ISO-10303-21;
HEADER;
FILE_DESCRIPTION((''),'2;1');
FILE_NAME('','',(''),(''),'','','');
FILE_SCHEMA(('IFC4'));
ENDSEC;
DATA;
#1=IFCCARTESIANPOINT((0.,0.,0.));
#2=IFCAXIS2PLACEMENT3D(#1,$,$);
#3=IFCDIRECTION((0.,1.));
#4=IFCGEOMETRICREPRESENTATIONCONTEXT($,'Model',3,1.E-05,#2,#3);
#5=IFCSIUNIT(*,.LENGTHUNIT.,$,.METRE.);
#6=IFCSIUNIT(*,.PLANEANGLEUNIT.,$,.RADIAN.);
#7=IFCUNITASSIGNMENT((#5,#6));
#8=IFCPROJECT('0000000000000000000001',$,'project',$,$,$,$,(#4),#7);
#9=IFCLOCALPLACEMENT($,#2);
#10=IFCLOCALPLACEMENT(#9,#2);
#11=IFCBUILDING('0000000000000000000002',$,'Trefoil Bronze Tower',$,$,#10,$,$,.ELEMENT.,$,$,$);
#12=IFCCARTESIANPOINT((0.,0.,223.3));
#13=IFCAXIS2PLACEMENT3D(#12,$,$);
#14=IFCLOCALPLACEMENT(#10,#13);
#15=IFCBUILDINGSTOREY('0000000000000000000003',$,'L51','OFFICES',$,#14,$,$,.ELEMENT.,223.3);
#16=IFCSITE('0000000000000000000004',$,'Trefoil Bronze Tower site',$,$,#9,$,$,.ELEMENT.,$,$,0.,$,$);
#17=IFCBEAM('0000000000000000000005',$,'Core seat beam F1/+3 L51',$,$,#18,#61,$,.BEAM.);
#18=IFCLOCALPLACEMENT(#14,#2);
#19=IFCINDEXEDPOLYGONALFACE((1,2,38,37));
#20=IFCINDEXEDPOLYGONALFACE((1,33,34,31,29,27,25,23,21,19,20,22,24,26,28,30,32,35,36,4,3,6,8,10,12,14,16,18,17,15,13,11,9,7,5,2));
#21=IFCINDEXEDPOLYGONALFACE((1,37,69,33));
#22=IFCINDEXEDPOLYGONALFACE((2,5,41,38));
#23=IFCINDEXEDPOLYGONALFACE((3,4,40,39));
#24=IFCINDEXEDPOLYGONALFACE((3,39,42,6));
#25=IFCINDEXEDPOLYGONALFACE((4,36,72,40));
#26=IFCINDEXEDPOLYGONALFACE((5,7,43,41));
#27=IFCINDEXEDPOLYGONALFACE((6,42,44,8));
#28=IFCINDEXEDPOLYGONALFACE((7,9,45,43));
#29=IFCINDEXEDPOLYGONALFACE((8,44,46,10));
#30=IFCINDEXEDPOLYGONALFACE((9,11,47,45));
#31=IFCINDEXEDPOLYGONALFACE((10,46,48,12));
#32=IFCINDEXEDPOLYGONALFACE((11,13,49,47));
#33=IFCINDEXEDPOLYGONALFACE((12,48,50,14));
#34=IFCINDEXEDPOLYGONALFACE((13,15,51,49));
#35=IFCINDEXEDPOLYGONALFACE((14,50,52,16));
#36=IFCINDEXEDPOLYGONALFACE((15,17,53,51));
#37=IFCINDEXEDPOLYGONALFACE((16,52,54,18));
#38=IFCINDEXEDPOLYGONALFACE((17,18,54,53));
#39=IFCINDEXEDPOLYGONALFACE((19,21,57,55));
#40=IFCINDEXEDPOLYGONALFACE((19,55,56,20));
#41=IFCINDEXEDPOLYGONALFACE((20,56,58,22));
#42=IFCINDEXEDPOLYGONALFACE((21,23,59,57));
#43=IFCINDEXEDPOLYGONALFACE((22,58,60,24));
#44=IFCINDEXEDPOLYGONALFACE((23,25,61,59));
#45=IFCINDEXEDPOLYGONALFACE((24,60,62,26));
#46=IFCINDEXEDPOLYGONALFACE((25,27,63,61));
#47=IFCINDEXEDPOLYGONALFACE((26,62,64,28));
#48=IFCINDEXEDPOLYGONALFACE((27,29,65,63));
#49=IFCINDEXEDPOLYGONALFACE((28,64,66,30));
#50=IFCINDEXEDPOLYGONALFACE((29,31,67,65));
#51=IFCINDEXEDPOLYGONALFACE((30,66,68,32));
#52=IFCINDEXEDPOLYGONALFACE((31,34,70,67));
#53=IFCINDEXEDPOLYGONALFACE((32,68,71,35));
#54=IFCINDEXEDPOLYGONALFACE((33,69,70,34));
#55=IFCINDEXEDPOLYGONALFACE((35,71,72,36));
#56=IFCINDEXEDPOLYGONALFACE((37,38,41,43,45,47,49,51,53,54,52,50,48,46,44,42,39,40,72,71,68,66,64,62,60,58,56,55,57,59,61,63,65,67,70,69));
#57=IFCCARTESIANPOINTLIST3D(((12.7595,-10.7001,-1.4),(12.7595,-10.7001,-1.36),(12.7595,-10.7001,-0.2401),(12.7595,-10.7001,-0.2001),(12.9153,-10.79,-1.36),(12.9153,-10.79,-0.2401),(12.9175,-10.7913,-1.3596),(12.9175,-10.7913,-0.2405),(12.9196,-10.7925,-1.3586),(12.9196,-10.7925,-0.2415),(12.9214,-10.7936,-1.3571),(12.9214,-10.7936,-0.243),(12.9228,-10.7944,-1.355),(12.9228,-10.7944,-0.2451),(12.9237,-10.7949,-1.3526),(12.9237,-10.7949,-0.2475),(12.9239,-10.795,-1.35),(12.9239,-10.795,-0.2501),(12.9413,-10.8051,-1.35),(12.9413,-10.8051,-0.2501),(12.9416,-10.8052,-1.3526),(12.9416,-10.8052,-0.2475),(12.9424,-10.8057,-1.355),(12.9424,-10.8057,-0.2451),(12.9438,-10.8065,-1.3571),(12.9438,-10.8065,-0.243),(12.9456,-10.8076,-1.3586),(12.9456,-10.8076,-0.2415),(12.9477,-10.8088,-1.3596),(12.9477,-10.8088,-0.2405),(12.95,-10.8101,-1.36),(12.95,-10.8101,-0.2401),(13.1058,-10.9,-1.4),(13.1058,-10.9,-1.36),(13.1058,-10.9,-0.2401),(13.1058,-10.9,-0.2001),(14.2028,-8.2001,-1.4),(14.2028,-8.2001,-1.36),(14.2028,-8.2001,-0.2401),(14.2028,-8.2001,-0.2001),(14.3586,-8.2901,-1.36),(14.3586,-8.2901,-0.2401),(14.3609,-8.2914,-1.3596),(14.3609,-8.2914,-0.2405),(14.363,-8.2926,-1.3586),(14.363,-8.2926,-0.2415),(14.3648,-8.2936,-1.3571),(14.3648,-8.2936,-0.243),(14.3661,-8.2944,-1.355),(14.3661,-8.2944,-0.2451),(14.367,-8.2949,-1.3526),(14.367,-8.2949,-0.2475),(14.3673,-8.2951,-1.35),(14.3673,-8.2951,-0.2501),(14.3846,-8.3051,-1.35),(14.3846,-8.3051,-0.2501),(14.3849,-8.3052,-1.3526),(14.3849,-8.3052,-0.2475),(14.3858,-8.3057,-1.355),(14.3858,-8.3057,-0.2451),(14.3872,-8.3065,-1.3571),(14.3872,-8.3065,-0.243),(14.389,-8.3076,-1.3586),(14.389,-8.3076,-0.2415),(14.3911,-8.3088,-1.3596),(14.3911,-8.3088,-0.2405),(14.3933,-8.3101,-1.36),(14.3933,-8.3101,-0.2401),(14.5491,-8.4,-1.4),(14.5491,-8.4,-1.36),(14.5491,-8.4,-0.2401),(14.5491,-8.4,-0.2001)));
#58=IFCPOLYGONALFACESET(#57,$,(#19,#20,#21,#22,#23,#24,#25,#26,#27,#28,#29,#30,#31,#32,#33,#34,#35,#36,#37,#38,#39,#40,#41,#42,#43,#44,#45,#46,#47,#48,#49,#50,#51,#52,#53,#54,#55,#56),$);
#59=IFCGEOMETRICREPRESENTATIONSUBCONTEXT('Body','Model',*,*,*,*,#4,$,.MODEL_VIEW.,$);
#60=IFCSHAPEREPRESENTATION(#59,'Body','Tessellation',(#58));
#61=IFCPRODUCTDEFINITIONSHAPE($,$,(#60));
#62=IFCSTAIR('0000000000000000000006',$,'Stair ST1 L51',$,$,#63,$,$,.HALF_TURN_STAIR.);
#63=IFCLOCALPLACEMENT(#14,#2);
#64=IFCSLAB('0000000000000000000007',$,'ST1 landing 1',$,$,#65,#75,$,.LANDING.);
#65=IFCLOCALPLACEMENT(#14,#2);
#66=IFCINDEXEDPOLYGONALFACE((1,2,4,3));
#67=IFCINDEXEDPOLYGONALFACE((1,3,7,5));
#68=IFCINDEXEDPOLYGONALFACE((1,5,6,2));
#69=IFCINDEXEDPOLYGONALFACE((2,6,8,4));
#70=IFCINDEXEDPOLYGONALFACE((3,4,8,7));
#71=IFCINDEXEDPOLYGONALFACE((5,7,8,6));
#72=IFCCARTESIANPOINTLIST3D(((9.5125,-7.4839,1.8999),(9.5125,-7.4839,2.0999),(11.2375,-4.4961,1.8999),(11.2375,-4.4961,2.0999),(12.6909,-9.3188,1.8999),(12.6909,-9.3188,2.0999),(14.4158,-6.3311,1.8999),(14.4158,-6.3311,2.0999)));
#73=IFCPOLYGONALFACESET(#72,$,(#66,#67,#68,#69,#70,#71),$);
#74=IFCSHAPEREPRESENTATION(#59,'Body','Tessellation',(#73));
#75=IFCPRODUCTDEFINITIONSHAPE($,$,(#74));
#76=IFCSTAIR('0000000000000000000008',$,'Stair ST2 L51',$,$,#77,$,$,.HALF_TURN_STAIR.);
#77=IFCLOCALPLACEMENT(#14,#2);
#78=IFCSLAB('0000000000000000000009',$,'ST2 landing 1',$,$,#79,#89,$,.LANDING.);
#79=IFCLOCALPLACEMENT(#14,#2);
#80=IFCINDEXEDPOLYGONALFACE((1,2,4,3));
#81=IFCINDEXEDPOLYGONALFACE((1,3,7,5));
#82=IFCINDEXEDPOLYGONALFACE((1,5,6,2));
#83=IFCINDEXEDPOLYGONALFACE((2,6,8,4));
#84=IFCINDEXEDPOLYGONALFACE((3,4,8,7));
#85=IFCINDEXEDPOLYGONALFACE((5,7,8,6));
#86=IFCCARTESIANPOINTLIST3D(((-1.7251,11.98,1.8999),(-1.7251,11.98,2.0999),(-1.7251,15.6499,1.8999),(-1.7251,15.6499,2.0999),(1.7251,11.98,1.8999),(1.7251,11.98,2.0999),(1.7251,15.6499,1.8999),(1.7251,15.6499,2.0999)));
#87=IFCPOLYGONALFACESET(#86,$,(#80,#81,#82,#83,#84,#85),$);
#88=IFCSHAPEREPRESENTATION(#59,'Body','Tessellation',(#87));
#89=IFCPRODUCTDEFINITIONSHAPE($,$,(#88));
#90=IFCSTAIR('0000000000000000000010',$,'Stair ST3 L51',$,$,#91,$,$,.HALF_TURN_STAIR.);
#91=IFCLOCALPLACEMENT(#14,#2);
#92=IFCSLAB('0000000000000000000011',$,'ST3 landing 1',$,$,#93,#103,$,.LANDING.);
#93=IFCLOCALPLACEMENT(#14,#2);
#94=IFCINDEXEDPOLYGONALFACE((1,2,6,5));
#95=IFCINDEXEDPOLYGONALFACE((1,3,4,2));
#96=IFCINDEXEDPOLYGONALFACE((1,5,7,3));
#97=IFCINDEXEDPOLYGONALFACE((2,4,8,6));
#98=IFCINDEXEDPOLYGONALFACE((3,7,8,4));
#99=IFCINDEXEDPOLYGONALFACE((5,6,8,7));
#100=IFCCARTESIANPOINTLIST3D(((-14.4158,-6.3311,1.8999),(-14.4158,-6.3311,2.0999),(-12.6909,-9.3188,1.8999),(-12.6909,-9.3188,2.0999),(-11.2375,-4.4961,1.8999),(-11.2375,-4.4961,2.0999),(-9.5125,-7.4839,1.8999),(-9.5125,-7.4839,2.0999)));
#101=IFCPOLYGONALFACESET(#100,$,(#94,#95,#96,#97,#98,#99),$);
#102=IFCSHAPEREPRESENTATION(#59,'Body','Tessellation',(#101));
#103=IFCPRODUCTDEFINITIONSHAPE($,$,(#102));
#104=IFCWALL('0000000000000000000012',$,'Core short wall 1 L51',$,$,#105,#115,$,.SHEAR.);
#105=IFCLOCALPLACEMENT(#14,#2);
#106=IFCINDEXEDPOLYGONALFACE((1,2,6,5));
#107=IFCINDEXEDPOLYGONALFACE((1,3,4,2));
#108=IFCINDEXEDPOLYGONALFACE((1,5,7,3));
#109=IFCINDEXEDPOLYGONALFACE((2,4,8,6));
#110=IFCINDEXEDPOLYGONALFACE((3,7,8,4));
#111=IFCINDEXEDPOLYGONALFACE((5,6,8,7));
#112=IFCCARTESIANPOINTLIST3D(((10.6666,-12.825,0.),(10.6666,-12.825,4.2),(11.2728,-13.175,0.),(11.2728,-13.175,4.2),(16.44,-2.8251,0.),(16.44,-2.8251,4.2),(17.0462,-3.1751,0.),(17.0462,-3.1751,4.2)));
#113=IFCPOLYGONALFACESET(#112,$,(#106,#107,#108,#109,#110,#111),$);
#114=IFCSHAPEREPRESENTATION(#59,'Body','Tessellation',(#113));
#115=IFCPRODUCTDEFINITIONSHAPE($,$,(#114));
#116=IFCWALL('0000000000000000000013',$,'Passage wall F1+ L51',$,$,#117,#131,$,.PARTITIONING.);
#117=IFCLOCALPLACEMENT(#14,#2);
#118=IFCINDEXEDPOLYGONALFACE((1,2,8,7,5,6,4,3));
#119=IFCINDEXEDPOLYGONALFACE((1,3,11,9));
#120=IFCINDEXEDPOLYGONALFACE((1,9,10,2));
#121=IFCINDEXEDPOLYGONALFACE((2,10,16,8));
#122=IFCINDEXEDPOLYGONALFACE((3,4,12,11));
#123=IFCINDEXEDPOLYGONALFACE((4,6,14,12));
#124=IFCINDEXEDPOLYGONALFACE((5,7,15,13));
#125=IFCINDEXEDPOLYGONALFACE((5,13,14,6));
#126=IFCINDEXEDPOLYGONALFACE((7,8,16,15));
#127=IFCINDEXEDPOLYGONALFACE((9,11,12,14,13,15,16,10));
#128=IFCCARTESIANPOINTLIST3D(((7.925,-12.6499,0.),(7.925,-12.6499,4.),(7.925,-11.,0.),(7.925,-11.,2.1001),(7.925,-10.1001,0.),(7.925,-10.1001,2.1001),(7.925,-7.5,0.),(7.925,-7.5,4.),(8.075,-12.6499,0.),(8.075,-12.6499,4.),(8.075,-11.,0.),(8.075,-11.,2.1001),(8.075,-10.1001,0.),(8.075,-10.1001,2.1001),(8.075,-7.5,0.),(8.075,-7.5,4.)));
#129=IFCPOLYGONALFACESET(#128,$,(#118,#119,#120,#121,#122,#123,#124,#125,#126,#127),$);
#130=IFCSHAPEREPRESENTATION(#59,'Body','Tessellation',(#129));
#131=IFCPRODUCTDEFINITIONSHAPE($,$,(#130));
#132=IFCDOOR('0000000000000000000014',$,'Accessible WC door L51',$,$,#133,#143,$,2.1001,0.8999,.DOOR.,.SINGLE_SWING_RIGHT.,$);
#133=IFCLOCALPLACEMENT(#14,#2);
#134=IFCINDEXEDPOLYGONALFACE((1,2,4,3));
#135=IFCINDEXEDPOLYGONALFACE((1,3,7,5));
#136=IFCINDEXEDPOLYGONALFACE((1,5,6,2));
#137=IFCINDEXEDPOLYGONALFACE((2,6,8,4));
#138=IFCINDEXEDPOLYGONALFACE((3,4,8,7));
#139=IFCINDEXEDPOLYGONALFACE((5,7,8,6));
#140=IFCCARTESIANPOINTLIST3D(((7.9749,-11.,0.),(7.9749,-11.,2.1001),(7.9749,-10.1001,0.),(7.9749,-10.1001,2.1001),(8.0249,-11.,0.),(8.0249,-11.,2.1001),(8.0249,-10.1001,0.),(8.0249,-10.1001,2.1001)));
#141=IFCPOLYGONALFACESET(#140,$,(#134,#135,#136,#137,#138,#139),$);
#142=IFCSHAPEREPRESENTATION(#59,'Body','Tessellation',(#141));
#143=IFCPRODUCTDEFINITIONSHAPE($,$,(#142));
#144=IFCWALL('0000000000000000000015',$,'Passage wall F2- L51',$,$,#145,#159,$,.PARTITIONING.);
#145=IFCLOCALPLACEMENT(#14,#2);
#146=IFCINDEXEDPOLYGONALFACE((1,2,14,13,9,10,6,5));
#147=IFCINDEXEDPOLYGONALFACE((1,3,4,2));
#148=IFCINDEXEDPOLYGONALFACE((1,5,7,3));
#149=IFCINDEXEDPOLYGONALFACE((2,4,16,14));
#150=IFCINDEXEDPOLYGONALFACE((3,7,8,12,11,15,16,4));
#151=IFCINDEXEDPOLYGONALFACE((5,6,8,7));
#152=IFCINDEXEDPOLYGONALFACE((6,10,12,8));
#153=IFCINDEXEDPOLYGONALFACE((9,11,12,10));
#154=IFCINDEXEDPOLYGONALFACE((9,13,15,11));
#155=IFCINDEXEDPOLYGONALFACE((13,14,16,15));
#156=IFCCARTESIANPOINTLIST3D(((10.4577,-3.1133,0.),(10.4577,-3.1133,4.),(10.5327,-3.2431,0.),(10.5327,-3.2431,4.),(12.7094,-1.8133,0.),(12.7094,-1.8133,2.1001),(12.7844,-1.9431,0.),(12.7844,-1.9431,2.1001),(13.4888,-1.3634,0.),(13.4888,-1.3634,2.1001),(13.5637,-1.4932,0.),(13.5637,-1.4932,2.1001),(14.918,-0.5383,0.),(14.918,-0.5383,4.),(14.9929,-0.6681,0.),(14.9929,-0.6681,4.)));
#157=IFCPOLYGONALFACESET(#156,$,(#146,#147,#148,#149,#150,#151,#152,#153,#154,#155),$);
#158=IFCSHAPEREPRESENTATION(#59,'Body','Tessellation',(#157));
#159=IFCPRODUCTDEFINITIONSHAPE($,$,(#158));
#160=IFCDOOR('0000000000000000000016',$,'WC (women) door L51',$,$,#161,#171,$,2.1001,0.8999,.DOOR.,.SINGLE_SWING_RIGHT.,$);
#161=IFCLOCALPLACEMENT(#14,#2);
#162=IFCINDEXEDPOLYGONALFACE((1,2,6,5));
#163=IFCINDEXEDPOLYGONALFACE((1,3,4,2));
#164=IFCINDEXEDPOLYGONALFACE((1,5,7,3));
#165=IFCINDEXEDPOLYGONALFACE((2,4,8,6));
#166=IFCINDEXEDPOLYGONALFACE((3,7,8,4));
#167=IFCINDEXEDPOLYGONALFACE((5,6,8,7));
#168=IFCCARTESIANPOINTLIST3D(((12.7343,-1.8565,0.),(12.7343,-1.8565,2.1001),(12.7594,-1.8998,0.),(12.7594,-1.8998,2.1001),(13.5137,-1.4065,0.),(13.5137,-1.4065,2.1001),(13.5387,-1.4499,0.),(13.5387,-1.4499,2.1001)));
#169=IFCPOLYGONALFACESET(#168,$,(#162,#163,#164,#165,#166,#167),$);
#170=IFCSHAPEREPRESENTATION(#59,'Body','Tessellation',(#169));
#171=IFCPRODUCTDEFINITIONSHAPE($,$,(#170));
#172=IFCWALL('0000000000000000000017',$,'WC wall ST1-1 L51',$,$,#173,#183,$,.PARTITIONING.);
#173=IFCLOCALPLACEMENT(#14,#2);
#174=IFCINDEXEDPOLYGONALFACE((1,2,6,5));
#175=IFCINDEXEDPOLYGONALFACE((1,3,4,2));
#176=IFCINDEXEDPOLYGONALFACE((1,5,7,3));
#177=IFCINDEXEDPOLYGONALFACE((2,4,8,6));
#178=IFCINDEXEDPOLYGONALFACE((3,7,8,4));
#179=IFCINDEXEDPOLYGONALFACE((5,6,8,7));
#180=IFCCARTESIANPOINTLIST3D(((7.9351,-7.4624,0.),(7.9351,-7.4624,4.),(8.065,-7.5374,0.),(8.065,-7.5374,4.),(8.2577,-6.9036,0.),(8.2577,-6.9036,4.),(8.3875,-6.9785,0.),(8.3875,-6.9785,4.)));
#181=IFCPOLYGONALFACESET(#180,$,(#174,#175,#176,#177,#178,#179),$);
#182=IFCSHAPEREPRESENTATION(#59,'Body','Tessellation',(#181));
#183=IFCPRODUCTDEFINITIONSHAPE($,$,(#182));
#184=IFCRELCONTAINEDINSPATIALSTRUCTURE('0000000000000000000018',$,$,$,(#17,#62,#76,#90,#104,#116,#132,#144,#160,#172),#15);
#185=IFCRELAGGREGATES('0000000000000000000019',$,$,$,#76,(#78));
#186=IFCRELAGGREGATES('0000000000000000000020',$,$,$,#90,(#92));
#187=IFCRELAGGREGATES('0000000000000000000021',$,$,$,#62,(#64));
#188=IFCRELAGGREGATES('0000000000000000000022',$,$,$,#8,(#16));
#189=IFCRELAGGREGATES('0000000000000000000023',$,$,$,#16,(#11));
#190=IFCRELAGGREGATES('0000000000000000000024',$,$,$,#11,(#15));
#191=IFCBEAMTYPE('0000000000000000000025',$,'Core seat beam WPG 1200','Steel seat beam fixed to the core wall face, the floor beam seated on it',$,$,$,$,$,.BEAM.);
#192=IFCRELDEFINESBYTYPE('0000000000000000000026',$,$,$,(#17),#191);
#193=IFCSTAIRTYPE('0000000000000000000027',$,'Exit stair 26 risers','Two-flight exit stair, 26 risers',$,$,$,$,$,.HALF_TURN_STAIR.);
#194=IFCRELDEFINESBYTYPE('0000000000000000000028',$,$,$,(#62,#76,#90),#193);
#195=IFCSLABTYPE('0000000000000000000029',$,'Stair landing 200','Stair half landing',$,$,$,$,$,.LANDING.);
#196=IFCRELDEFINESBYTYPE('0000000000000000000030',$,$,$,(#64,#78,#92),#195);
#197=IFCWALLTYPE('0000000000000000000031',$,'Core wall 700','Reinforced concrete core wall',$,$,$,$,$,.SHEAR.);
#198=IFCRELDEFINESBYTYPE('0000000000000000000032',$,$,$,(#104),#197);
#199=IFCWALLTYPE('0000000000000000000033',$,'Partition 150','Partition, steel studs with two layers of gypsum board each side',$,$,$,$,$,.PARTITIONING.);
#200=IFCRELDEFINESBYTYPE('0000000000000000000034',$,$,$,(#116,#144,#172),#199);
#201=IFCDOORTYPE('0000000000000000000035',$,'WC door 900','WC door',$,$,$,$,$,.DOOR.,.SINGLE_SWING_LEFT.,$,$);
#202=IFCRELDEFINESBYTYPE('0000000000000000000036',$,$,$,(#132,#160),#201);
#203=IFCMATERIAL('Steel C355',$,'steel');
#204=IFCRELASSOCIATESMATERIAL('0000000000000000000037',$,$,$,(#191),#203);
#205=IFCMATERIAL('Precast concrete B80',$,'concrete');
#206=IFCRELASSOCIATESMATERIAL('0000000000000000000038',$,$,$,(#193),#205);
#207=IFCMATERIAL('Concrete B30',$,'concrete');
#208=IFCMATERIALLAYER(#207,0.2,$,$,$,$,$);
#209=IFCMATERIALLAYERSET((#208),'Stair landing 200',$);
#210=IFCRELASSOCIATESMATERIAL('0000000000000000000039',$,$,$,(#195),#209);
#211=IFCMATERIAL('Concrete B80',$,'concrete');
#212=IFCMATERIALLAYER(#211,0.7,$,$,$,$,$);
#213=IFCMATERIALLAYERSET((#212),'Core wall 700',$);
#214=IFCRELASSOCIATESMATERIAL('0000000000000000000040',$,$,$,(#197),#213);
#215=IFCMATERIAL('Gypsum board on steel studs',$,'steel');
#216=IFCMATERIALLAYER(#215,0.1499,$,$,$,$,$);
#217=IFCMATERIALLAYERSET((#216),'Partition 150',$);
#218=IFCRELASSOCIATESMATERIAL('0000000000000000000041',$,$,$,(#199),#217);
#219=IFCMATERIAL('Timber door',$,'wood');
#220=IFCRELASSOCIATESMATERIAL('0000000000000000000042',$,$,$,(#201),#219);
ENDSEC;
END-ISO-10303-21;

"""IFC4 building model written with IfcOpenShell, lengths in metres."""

from ifc_helpers import new_model, si_unit, direction, frame, frame_2d, origin, origin_2d, place, context, subcontext, project, spatial, polyline, rectangle, i_section, outline, extrude, material, layer, layer_set, material_profile, profile_set, type_object, element, fill, aggregate, save


model = new_model("IFC4")

# Units and contexts
model_context = context("Model", 3, precision=1e-05, world=origin(), true_north=direction((0.0, 1.0)))
body_context = subcontext(model_context, "Body", "Model", "MODEL_VIEW")
ifc_project = project(units=[si_unit("LENGTHUNIT", "METRE"), si_unit("PLANEANGLEUNIT", "RADIAN")], contexts=[model_context])

# Site, building, storey
site_placement = place(None, origin())
site = spatial("IfcSite", under=ifc_project, at=site_placement, Name="Trefoil Bronze Tower site", CompositionType="ELEMENT", RefElevation=0.0)
building_placement = place(site_placement, origin())
building = spatial("IfcBuilding", under=site, at=building_placement, Name="Trefoil Bronze Tower", CompositionType="ELEMENT")
storey_placement = place(building_placement, frame((0.0, 0.0, 223.3)))
storey = spatial("IfcBuildingStorey", under=building, at=storey_placement, Name="L51", Description="OFFICES", CompositionType="ELEMENT", Elevation=223.3)

# Beam
ifc_material_1 = material(Name="Steel C355", Category="steel")
ifc_material_profile = material_profile(ifc_material_1, i_section(OverallWidth=0.3999, OverallDepth=1.2, WebThickness=0.02, FlangeThickness=0.04, FilletRadius=0.01, at=origin_2d()), Name="WPG 1200")
ifc_profile_set = profile_set([ifc_material_profile], Name="Steel C355")
beam_type = type_object("IfcBeamType", Name="Core seat beam WPG 1200", Description="Steel seat beam fixed to the core wall face, the floor beam seated on it", PredefinedType="BEAM", material=ifc_profile_set)
beam_placement = place(storey_placement, frame((12.9326, -10.8, -0.8), z_axis=(0.499996, 0.866028, 0.0), x_axis=(-0.866028, 0.499996, 0.0)))
element("IfcBeam", 1, at=beam_placement, inside=storey, type_object=beam_type, Name="Core seat beam F1/+3 L51", PredefinedType="BEAM", context=body_context, shape_type="SweptSolid", body=[
    extrude(i_section(OverallWidth=0.3999, OverallDepth=1.2, WebThickness=0.02, FlangeThickness=0.04, FilletRadius=0.01, at=origin_2d()), origin(), (0.0, 0.0, 1.0), 2.8867),
])

# Stairs, slabs
ifc_material_2 = material(Name="Precast concrete B80", Category="concrete")
stair_type = type_object("IfcStairType", Name="Exit stair 26 risers", Description="Two-flight exit stair, 26 risers", PredefinedType="HALF_TURN_STAIR", material=ifc_material_2)
stair_1_placement = place(storey_placement, origin())
stair_1 = element("IfcStair", 2, at=stair_1_placement, inside=storey, type_object=stair_type, Name="Stair ST1 L51", PredefinedType="HALF_TURN_STAIR")
ifc_material_3 = material(Name="Concrete B30", Category="concrete")
ifc_layer_1 = layer(ifc_material_3, 0.2)
ifc_layer_set_1 = layer_set([ifc_layer_1], Name="Stair landing 200")
slab_type = type_object("IfcSlabType", Name="Stair landing 200", Description="Stair half landing", PredefinedType="LANDING", material=ifc_layer_set_1)
slab_1_placement = place(storey_placement, frame((0.0, 0.0, 1.8999)))
slab_1 = element("IfcSlab", 3, at=slab_1_placement, type_object=slab_type, Name="ST1 landing 1", PredefinedType="LANDING", context=body_context, shape_type="SweptSolid", body=[
    extrude(outline(polyline([(9.5125, -7.4839), (12.6909, -9.3188), (14.4158, -6.3311), (11.2375, -4.4961), (9.5125, -7.4839)])), origin(), (0.0, 0.0, 1.0), 0.2),
])
stair_2_placement = place(storey_placement, origin())
stair_2 = element("IfcStair", 4, at=stair_2_placement, inside=storey, type_object=stair_type, Name="Stair ST2 L51", PredefinedType="HALF_TURN_STAIR")
slab_2_placement = place(storey_placement, frame((0.0, 0.0, 1.8999)))
slab_2 = element("IfcSlab", 5, at=slab_2_placement, type_object=slab_type, Name="ST2 landing 1", PredefinedType="LANDING", context=body_context, shape_type="SweptSolid", body=[
    extrude(outline(polyline([(1.7251, 11.98), (1.7251, 15.6499), (-1.7251, 15.6499), (-1.7251, 11.98), (1.7251, 11.98)])), origin(), (0.0, 0.0, 1.0), 0.2),
])
aggregate(stair_2, [slab_2])
stair_3_placement = place(storey_placement, origin())
stair_3 = element("IfcStair", 6, at=stair_3_placement, inside=storey, type_object=stair_type, Name="Stair ST3 L51", PredefinedType="HALF_TURN_STAIR")
slab_3_placement = place(storey_placement, frame((0.0, 0.0, 1.8999)))
slab_3 = element("IfcSlab", 7, at=slab_3_placement, type_object=slab_type, Name="ST3 landing 1", PredefinedType="LANDING", context=body_context, shape_type="SweptSolid", body=[
    extrude(outline(polyline([(-11.2375, -4.4961), (-14.4158, -6.3311), (-12.6909, -9.3188), (-9.5125, -7.4839), (-11.2375, -4.4961)])), origin(), (0.0, 0.0, 1.0), 0.2),
])
aggregate(stair_3, [slab_3])

# Wall
ifc_material_4 = material(Name="Concrete B80", Category="concrete")
ifc_layer_2 = layer(ifc_material_4, 0.7)
ifc_layer_set_2 = layer_set([ifc_layer_2], Name="Core wall 700")
wall_type_1 = type_object("IfcWallType", Name="Core wall 700", Description="Reinforced concrete core wall", PredefinedType="SHEAR", material=ifc_layer_set_2)
wall_1_placement = place(storey_placement, frame((10.9697, -13.0, 0.0), z_axis=(0.0, 0.0, 1.0), x_axis=(0.499996, 0.866028, 0.0)))
element("IfcWall", 8, at=wall_1_placement, inside=storey, type_object=wall_type_1, Name="Core short wall 1 L51", PredefinedType="SHEAR", context=body_context, shape_type="SweptSolid", body=[
    extrude(rectangle(XDim=11.5469, YDim=0.7, at=frame_2d((5.7734, 0.0))), origin(), (0.0, 0.0, 1.0), 4.2),
])

# Walls, openings, doors
ifc_material_5 = material(Name="Gypsum board on steel studs", Category="steel")
ifc_layer_3 = layer(ifc_material_5, 0.1499)
ifc_layer_set_3 = layer_set([ifc_layer_3], Name="Partition 150")
wall_type_2 = type_object("IfcWallType", Name="Partition 150", Description="Partition, steel studs with two layers of gypsum board each side", PredefinedType="PARTITIONING", material=ifc_layer_set_3)
wall_2_placement = place(storey_placement, frame((8.0, -7.5, 0.0), z_axis=(0.0, 0.0, 1.0), x_axis=(0.0, -1.0, 0.0)))
wall_2 = element("IfcWall", 9, at=wall_2_placement, inside=storey, type_object=wall_type_2, Name="Passage wall F1+ L51", PredefinedType="PARTITIONING", context=body_context, shape_type="SweptSolid", body=[
    extrude(rectangle(XDim=5.1499, YDim=0.1499, at=frame_2d((2.575, 0.0))), origin(), (0.0, 0.0, 1.0), 4.0),
])
opening_1_placement = place(wall_2_placement, frame((2.6001, 0.0, 0.0)))
opening_1 = element("IfcOpeningElement", 10, at=opening_1_placement, cuts=wall_2, PredefinedType="OPENING", context=body_context, shape_type="SweptSolid", body=[
    extrude(rectangle(XDim=0.8999, YDim=2.1001, at=frame_2d((0.45, 1.05))), frame((0.0, 0.085, 0.0), z_axis=(0.0, -1.0, 0.0), x_axis=(1.0, 0.0, 0.0)), (0.0, 0.0, 1.0), 0.1699),
])
ifc_material_6 = material(Name="Timber door", Category="wood")
door_type_1 = type_object("IfcDoorType", Name="WC door 900", Description="WC door", OperationType="SINGLE_SWING_LEFT", PredefinedType="DOOR", material=ifc_material_6)
door_1_placement = place(opening_1_placement, origin())
door_1 = element("IfcDoor", 11, at=door_1_placement, inside=storey, type_object=door_type_1, Name="Accessible WC door L51", OperationType="SINGLE_SWING_RIGHT", OverallHeight=2.1001, OverallWidth=0.8999, PredefinedType="DOOR", context=body_context, shape_type="SweptSolid", body=[
    extrude(rectangle(XDim=0.8999, YDim=2.1001, at=frame_2d((0.45, 1.05))), frame((0.0, 0.0249, 0.0), z_axis=(0.0, -1.0, 0.0), x_axis=(1.0, 0.0, 0.0)), (0.0, 0.0, 1.0), 0.05),
])
fill(opening_1, door_1)
wall_3_placement = place(storey_placement, frame((10.4951, -3.1782, 0.0), z_axis=(0.0, 0.0, 1.0), x_axis=(0.866038, 0.499978, 0.0)))
wall_3 = element("IfcWall", 12, at=wall_3_placement, inside=storey, type_object=wall_type_2, Name="Passage wall F2- L51", PredefinedType="PARTITIONING", context=body_context, shape_type="SweptSolid", body=[
    extrude(rectangle(XDim=5.1501, YDim=0.1499, at=frame_2d((2.5752, 0.0))), origin(), (0.0, 0.0, 1.0), 4.0),
])
opening_2_placement = place(wall_3_placement, frame((2.6001, 0.0, 0.0)))
opening_2 = element("IfcOpeningElement", 13, at=opening_2_placement, cuts=wall_3, PredefinedType="OPENING", context=body_context, shape_type="SweptSolid", body=[
    extrude(rectangle(XDim=0.8999, YDim=2.1001, at=frame_2d((0.45, 1.05))), frame((0.0, 0.085, 0.0), z_axis=(0.0, -1.0, 0.0), x_axis=(1.0, 0.0, 0.0)), (0.0, 0.0, 1.0), 0.1699),
])
door_2_placement = place(opening_2_placement, frame((0.8999, 0.0, 0.0), z_axis=(0.0, 0.0, 1.0), x_axis=(-1.0, 0.0, 0.0)))
door_2 = element("IfcDoor", 14, at=door_2_placement, inside=storey, type_object=door_type_1, Name="WC (women) door L51", OperationType="SINGLE_SWING_RIGHT", OverallHeight=2.1001, OverallWidth=0.8999, PredefinedType="DOOR", context=body_context, shape_type="SweptSolid", body=[
    extrude(rectangle(XDim=0.8999, YDim=2.1001, at=frame_2d((0.45, 1.05))), frame((0.0, 0.0249, 0.0), z_axis=(0.0, -1.0, 0.0), x_axis=(1.0, 0.0, 0.0)), (0.0, 0.0, 1.0), 0.05),
])
fill(opening_2, door_2)

# Wall
for number, where, z_axis, x_axis, name in (
    (15, (8.0, -7.5, 0.0), (0.0, 0.0, 1.0), (0.499843, 0.866116, 0.0), "WC wall ST1-1 L51"),
):
    element("IfcWall", number, at=place(storey_placement, frame(where, z_axis=z_axis, x_axis=x_axis)), inside=storey, type_object=wall_type_2, Name=name, PredefinedType="PARTITIONING", context=body_context, shape_type="SweptSolid", body=[
        extrude(rectangle(XDim=0.6453, YDim=0.1499, at=frame_2d((0.3228, 0.0))), origin(), (0.0, 0.0, 1.0), 4.0),
    ])

aggregate(stair_1, [slab_1])

save(model, "model.ifc")
